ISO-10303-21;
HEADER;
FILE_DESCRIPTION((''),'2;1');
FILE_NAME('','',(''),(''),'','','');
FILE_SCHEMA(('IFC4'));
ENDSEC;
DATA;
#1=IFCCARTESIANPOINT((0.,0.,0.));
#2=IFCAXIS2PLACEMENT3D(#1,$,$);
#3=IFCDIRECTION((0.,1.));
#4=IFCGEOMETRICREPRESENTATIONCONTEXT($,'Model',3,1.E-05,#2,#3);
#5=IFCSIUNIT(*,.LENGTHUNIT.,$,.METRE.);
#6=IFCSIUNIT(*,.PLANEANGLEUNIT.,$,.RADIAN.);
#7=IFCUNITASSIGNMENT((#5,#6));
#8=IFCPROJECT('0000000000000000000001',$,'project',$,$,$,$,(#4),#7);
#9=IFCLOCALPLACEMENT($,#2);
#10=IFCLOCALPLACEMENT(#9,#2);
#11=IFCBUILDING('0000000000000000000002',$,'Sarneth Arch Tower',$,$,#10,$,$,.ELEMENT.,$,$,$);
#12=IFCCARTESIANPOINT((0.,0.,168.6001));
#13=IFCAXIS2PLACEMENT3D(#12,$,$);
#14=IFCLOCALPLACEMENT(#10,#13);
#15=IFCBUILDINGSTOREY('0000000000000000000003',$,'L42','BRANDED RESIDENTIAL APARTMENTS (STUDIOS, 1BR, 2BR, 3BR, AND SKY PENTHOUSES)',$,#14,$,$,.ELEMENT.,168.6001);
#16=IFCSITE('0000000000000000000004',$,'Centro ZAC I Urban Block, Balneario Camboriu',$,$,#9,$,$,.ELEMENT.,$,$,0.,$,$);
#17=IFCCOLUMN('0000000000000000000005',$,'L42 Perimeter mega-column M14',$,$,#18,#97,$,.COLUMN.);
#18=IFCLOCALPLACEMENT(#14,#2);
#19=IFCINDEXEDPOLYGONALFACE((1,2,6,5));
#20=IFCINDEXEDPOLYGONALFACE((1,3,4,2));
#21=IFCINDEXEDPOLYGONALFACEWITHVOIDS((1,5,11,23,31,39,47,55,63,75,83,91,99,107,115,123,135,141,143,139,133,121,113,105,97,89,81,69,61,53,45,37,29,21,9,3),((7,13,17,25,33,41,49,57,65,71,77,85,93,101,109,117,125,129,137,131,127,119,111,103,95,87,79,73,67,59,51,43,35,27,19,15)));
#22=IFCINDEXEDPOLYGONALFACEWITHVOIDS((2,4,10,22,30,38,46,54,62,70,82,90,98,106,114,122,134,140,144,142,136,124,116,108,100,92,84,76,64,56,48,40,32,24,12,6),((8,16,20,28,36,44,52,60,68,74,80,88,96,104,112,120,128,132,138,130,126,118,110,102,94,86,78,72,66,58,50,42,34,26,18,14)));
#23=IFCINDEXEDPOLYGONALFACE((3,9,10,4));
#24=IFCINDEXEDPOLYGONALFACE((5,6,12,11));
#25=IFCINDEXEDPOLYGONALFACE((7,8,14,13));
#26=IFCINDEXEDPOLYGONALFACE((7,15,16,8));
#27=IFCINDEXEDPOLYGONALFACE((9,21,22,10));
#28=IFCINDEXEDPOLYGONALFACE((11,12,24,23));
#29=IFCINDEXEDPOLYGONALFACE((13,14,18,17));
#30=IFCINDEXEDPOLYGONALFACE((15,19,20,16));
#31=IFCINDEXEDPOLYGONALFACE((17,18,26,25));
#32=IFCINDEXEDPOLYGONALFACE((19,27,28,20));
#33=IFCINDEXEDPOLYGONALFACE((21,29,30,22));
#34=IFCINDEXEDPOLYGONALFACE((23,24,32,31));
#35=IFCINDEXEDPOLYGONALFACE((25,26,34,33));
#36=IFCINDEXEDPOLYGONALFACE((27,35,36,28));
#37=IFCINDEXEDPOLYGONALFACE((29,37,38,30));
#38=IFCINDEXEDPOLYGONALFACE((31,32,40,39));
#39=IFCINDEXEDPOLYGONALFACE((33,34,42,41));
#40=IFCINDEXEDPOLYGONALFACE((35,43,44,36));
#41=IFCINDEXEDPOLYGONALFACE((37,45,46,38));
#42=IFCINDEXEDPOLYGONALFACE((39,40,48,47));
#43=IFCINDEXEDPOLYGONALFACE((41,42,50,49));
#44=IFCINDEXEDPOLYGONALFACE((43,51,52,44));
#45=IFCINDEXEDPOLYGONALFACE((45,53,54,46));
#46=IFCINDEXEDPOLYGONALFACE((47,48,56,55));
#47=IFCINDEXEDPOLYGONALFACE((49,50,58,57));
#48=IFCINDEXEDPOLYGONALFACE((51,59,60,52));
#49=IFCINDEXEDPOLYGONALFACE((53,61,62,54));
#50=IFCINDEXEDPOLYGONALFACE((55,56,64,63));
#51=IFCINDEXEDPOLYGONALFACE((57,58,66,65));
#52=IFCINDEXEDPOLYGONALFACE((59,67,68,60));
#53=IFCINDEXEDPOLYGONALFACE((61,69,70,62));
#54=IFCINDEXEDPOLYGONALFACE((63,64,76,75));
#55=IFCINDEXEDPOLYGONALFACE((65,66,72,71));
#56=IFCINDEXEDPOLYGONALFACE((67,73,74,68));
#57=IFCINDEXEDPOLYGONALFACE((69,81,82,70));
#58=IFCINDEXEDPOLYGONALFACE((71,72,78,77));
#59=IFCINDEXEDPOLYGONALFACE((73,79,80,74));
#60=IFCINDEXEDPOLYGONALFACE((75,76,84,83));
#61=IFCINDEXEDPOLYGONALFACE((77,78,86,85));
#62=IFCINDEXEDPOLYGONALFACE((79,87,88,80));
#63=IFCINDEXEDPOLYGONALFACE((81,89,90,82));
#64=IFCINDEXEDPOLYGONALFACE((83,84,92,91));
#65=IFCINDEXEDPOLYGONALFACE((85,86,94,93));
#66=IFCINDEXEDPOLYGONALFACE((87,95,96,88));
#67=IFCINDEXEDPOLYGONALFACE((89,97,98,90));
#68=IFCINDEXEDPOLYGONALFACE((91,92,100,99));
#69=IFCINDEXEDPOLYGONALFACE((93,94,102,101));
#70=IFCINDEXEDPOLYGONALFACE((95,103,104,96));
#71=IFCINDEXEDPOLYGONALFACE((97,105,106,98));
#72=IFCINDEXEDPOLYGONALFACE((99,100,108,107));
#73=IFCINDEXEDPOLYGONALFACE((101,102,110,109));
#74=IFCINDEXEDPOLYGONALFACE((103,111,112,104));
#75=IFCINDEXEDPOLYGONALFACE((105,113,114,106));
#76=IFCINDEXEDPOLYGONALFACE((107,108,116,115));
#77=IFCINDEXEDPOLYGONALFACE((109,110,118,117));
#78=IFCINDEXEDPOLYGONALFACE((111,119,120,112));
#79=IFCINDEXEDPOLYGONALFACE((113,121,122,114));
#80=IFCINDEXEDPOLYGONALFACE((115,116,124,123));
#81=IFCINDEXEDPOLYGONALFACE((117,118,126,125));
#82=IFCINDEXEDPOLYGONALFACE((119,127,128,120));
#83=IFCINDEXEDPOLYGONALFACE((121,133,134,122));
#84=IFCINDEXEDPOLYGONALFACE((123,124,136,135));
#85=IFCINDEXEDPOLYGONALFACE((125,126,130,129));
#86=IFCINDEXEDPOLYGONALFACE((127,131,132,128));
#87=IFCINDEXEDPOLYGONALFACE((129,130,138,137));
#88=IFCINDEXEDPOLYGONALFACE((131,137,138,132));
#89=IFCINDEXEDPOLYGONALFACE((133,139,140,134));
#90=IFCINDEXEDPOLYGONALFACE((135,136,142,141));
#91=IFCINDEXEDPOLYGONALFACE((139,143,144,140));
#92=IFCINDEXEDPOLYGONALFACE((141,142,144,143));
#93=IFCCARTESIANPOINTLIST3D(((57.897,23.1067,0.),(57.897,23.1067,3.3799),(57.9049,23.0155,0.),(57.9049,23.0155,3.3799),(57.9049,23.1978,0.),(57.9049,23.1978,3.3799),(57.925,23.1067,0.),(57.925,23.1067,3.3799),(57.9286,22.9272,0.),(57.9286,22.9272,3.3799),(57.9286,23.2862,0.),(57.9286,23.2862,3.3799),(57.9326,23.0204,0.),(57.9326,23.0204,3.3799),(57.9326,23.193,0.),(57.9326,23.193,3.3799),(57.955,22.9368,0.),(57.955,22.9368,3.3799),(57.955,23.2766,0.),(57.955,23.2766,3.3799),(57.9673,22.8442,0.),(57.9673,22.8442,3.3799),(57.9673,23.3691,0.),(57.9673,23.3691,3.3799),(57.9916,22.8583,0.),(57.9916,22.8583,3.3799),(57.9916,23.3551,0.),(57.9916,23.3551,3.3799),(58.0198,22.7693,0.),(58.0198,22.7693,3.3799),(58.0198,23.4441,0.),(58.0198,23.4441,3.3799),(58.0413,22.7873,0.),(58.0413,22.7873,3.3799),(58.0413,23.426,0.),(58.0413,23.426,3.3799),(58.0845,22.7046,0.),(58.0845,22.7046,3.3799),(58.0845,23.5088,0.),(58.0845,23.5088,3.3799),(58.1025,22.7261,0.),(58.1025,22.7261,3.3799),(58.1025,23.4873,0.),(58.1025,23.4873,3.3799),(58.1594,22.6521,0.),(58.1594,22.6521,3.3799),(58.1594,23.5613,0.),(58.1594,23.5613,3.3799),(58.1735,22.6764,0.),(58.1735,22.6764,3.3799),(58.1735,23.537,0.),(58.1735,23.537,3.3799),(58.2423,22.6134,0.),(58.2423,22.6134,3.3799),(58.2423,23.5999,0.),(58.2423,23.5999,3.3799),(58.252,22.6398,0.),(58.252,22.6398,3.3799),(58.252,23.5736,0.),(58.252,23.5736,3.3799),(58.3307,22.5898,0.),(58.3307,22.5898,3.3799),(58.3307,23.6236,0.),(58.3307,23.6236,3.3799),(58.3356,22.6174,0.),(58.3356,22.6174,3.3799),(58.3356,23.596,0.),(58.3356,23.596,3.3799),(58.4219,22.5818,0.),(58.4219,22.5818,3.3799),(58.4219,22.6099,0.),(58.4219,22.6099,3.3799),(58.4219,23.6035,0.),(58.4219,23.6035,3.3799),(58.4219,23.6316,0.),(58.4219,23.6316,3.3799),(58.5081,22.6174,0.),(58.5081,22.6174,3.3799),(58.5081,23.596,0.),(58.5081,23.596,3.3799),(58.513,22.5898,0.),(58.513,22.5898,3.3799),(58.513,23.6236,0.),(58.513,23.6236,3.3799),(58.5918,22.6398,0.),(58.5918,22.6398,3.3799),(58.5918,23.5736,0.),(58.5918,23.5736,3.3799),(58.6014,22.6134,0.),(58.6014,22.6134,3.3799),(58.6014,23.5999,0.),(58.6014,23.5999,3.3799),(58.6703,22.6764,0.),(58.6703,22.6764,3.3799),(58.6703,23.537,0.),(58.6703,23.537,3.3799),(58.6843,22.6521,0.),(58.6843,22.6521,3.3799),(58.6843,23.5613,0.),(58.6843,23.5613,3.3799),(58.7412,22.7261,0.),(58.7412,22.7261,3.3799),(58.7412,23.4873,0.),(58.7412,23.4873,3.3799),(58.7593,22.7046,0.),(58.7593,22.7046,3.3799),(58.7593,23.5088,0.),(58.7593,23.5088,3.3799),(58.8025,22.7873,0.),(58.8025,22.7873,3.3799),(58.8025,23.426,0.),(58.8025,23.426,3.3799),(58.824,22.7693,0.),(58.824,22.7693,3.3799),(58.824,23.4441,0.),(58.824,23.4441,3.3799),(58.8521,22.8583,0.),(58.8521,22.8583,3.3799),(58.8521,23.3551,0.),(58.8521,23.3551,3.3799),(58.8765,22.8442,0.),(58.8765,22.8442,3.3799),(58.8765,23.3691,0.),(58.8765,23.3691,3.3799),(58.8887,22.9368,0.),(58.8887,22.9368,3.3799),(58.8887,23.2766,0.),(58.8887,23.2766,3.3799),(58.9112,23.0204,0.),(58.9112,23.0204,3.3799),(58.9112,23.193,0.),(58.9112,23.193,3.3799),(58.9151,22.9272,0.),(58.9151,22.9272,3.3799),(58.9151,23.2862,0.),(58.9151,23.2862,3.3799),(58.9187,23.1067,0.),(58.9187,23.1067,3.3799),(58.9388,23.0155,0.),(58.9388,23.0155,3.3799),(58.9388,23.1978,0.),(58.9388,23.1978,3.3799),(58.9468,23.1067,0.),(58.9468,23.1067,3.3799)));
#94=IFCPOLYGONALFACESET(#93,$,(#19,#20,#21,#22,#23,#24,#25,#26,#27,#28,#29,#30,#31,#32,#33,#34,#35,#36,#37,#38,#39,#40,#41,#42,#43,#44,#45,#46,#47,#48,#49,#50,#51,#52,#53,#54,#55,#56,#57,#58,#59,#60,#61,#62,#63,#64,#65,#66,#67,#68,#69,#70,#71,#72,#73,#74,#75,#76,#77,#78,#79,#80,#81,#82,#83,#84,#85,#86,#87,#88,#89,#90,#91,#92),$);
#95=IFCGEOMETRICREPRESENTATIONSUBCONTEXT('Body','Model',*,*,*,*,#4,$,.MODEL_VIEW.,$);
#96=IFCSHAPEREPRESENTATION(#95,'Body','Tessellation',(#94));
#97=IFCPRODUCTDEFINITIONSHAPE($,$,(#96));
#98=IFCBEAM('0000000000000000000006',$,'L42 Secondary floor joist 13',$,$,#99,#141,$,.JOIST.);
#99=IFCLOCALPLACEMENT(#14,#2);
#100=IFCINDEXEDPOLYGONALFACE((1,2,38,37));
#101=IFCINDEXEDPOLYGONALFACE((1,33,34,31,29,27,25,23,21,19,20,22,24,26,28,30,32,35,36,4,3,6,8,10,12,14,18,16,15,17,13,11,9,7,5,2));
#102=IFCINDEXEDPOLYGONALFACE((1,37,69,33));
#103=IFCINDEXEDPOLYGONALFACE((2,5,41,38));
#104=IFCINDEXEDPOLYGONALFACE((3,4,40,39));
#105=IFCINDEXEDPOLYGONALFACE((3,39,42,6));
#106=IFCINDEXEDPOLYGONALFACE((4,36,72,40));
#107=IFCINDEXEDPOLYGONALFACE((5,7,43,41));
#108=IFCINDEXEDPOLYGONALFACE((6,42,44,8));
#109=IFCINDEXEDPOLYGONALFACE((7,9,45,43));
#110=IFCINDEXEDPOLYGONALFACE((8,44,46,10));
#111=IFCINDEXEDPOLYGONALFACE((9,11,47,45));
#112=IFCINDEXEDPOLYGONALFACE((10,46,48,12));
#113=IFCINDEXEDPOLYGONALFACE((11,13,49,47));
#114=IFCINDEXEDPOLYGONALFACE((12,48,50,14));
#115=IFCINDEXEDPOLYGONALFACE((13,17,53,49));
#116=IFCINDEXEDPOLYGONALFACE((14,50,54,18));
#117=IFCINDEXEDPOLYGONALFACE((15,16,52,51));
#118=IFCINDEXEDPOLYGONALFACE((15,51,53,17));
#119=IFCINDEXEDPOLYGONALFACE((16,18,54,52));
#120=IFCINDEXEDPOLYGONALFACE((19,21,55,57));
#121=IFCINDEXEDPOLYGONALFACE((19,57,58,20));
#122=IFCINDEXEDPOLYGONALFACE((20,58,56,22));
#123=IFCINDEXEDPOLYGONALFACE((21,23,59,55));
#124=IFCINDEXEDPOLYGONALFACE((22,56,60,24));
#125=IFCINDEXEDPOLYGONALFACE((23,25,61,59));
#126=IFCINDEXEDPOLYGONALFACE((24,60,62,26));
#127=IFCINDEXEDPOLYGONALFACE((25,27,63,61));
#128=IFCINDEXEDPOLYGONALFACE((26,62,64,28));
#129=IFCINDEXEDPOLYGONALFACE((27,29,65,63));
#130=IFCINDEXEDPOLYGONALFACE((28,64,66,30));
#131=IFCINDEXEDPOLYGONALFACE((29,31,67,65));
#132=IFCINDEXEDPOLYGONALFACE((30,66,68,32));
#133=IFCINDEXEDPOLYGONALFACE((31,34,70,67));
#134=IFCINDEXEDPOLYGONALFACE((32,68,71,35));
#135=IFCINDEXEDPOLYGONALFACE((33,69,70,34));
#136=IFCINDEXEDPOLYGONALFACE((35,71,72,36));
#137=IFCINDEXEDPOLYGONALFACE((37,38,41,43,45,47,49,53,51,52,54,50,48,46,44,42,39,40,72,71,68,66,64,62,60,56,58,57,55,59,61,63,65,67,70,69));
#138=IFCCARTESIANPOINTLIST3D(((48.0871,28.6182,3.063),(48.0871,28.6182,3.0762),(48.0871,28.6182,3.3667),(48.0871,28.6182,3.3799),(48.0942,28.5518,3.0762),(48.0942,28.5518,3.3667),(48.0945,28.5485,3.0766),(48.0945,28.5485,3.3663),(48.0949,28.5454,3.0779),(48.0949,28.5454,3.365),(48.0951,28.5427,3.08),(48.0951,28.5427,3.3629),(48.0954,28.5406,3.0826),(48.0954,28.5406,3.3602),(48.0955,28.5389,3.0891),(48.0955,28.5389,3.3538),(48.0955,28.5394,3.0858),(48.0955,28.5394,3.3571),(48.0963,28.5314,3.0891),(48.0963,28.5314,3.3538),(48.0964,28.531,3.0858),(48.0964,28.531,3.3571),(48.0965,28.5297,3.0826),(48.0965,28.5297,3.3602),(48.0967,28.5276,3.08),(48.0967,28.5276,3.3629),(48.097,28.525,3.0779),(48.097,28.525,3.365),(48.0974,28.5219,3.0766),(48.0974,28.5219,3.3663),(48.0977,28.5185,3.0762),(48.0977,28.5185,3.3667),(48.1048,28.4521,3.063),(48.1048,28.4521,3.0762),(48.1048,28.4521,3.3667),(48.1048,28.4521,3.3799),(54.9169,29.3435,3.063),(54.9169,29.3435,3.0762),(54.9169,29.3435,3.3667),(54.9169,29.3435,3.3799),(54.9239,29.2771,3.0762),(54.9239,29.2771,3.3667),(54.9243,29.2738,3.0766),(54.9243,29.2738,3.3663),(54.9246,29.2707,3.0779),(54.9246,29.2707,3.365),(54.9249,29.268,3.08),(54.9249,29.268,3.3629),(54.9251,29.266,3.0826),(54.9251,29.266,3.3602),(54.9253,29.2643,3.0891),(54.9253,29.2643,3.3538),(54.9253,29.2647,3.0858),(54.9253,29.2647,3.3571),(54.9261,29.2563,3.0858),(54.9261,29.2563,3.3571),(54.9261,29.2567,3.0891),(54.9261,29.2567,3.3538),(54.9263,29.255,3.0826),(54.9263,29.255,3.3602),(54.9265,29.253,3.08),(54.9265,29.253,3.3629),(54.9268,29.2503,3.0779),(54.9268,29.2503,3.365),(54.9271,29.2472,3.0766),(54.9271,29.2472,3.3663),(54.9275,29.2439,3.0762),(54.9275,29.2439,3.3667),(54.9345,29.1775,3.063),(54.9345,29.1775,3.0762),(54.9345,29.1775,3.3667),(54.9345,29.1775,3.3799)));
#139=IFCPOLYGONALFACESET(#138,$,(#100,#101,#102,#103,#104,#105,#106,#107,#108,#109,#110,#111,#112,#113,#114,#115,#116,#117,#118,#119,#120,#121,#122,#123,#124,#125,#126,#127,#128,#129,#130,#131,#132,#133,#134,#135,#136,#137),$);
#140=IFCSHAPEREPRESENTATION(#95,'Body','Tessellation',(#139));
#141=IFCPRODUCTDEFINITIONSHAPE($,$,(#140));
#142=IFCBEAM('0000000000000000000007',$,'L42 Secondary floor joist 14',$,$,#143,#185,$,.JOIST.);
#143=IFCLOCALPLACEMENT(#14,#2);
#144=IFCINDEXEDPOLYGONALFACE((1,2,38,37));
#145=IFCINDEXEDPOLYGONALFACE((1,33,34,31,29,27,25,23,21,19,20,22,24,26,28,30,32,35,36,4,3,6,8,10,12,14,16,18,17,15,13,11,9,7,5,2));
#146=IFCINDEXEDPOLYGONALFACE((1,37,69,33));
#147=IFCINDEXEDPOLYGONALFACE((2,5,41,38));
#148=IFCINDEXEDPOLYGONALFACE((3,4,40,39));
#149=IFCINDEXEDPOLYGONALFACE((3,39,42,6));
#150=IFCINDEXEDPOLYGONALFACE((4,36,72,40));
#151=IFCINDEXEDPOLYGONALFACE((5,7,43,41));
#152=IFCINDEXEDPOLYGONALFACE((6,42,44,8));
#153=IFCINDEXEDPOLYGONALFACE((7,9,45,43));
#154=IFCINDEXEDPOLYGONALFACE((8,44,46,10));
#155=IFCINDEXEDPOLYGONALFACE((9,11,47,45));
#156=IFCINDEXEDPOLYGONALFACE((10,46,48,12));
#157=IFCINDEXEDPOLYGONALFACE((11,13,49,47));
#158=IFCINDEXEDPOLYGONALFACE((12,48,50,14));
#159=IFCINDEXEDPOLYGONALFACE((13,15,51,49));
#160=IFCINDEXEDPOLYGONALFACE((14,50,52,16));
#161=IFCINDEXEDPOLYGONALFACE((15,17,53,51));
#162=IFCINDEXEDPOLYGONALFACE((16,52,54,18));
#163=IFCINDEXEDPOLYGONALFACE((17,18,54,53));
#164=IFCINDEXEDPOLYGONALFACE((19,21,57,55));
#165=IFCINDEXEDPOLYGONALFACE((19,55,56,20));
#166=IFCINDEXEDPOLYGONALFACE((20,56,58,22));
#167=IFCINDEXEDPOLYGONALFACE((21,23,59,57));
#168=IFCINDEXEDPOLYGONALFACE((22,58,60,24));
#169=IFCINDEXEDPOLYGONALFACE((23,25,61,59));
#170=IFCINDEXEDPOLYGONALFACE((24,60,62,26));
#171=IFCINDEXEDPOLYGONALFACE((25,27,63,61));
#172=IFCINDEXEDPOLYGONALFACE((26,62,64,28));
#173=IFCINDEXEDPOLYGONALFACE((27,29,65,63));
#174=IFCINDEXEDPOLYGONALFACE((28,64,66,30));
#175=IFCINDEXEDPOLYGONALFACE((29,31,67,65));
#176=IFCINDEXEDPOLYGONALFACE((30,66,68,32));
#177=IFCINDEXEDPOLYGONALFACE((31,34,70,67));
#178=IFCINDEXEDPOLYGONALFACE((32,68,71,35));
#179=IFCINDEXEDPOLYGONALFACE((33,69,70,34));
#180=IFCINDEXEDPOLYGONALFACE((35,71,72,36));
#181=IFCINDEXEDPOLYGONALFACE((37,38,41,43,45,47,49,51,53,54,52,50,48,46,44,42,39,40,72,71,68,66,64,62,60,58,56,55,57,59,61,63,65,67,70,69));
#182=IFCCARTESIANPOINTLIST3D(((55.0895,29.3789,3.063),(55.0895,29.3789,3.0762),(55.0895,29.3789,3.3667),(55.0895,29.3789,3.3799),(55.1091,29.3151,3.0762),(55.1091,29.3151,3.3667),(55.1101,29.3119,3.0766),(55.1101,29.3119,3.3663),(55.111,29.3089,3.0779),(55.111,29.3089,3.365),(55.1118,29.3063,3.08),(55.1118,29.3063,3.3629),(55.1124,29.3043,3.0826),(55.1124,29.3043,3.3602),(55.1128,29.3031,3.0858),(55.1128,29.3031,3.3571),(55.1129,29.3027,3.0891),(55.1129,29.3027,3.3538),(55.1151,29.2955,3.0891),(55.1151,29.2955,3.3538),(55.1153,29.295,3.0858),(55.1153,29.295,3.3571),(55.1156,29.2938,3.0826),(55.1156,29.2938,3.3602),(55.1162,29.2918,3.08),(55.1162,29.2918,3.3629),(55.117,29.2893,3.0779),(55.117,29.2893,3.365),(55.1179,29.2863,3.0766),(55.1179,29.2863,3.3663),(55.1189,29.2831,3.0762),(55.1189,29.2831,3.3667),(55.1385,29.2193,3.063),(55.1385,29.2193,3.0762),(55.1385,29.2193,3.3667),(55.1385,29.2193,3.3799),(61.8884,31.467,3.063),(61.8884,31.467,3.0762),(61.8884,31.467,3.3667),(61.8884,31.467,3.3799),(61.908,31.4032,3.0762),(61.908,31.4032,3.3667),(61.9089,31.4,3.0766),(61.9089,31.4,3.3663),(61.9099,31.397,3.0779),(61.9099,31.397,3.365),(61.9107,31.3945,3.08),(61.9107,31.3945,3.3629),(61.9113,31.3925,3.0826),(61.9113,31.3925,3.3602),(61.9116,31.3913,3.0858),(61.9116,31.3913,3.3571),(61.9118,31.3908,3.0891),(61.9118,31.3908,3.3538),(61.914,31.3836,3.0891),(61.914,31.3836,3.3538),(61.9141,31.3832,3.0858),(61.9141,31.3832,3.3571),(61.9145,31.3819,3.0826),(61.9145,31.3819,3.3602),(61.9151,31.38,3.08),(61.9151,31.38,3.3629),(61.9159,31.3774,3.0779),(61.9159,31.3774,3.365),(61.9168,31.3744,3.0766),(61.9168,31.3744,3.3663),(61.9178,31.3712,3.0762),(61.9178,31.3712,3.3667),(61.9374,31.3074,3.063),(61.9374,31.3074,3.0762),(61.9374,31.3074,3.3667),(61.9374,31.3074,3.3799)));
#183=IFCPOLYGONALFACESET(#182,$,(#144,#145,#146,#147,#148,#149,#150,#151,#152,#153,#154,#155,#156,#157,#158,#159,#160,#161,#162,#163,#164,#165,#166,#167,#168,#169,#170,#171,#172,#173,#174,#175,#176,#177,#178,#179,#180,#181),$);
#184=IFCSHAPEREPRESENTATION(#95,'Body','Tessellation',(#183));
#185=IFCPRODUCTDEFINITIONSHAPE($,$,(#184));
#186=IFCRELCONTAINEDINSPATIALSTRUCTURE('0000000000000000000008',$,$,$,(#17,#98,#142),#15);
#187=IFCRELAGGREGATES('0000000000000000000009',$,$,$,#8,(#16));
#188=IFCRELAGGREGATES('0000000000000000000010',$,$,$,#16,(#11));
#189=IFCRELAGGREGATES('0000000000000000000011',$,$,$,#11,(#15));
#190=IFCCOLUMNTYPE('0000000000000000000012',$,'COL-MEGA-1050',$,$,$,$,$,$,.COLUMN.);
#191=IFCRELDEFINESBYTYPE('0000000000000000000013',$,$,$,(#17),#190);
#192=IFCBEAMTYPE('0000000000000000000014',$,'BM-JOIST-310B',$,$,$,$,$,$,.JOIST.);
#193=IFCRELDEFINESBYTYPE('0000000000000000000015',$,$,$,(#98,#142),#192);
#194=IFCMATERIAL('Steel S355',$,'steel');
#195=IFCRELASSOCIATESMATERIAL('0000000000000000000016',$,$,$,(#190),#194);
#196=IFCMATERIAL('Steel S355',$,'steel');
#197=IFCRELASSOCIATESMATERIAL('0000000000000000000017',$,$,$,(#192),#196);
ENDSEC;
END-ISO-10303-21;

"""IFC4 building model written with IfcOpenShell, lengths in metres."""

from ifc_helpers import new_model, si_unit, direction, frame, origin, origin_2d, place, context, subcontext, project, spatial, hollow_circle, i_section, extrude, material, material_profile, profile_set, type_object, element, save


model = new_model("IFC4")

# Units and contexts
model_context = context("Model", 3, precision=1e-05, world=origin(), true_north=direction((0.0, 1.0)))
body_context = subcontext(model_context, "Body", "Model", "MODEL_VIEW")
ifc_project = project(units=[si_unit("LENGTHUNIT", "METRE"), si_unit("PLANEANGLEUNIT", "RADIAN")], contexts=[model_context])

# Site, building, storey
site_placement = place(None, origin())
site = spatial("IfcSite", under=ifc_project, at=site_placement, Name="Centro ZAC I Urban Block, Balneario Camboriu", CompositionType="ELEMENT", RefElevation=0.0)
building_placement = place(site_placement, origin())
building = spatial("IfcBuilding", under=site, at=building_placement, Name="Sarneth Arch Tower", CompositionType="ELEMENT")
storey_placement = place(building_placement, frame((0.0, 0.0, 168.6001)))
storey = spatial("IfcBuildingStorey", under=building, at=storey_placement, Name="L42", Description="BRANDED RESIDENTIAL APARTMENTS (STUDIOS, 1BR, 2BR, 3BR, AND SKY PENTHOUSES)", CompositionType="ELEMENT", Elevation=168.6001)

# Column
ifc_material_1 = material(Name="Steel S355", Category="steel")
ifc_material_profile_1 = material_profile(ifc_material_1, hollow_circle(Radius=0.5249, WallThickness=0.0281, at=origin_2d()), Name="CHS1050x28")
ifc_profile_set_1 = profile_set([ifc_material_profile_1], Name="Steel S355")
column_type = type_object("IfcColumnType", Name="COL-MEGA-1050", PredefinedType="COLUMN", material=ifc_profile_set_1)
column_placement = place(storey_placement, frame((58.4219, 23.1067, 0.0), z_axis=(0.0, 0.0, 1.0), x_axis=(1.0, 0.0, 0.0)))
element("IfcColumn", 1, at=column_placement, inside=storey, type_object=column_type, Name="L42 Perimeter mega-column M14", PredefinedType="COLUMN", context=body_context, shape_type="SweptSolid", body=[
    extrude(hollow_circle(Radius=0.5249, WallThickness=0.0281, at=origin_2d()), origin(), (0.0, 0.0, 1.0), 3.3799),
])

# Beams
ifc_material_2 = material(Name="Steel S355", Category="steel")
ifc_material_profile_2 = material_profile(ifc_material_2, i_section(OverallWidth=0.167, OverallDepth=0.3169, WebThickness=0.0076, FlangeThickness=0.0132, FilletRadius=0.0129, at=origin_2d()), Name="W310x52")
ifc_profile_set_2 = profile_set([ifc_material_profile_2], Name="Steel S355")
beam_type_1 = type_object("IfcBeamType", Name="BM-JOIST-310B", PredefinedType="JOIST", material=ifc_profile_set_2)
beam_1_placement = place(storey_placement, frame((48.0959, 28.5352, 3.2214), z_axis=(0.994408, 0.105608, 0.0), x_axis=(-0.105608, 0.994408, 0.0)))
element("IfcBeam", 2, at=beam_1_placement, inside=storey, type_object=beam_type_1, Name="L42 Secondary floor joist 13", PredefinedType="JOIST", context=body_context, shape_type="SweptSolid", body=[
    extrude(i_section(OverallWidth=0.167, OverallDepth=0.3169, WebThickness=0.0076, FlangeThickness=0.0132, FilletRadius=0.0129, at=origin_2d()), origin(), (0.0, 0.0, 1.0), 6.8682),
])
beam_2_placement = place(storey_placement, frame((55.114, 29.2991, 3.2214), z_axis=(0.95593, 0.293596, 0.0), x_axis=(-0.293596, 0.95593, 0.0)))
element("IfcBeam", 3, at=beam_2_placement, inside=storey, type_object=beam_type_1, Name="L42 Secondary floor joist 14", PredefinedType="JOIST", context=body_context, shape_type="SweptSolid", body=[
    extrude(i_section(OverallWidth=0.167, OverallDepth=0.3169, WebThickness=0.0076, FlangeThickness=0.0132, FilletRadius=0.0129, at=origin_2d()), origin(), (0.0, 0.0, 1.0), 7.1123),
])

save(model, "model.ifc")
